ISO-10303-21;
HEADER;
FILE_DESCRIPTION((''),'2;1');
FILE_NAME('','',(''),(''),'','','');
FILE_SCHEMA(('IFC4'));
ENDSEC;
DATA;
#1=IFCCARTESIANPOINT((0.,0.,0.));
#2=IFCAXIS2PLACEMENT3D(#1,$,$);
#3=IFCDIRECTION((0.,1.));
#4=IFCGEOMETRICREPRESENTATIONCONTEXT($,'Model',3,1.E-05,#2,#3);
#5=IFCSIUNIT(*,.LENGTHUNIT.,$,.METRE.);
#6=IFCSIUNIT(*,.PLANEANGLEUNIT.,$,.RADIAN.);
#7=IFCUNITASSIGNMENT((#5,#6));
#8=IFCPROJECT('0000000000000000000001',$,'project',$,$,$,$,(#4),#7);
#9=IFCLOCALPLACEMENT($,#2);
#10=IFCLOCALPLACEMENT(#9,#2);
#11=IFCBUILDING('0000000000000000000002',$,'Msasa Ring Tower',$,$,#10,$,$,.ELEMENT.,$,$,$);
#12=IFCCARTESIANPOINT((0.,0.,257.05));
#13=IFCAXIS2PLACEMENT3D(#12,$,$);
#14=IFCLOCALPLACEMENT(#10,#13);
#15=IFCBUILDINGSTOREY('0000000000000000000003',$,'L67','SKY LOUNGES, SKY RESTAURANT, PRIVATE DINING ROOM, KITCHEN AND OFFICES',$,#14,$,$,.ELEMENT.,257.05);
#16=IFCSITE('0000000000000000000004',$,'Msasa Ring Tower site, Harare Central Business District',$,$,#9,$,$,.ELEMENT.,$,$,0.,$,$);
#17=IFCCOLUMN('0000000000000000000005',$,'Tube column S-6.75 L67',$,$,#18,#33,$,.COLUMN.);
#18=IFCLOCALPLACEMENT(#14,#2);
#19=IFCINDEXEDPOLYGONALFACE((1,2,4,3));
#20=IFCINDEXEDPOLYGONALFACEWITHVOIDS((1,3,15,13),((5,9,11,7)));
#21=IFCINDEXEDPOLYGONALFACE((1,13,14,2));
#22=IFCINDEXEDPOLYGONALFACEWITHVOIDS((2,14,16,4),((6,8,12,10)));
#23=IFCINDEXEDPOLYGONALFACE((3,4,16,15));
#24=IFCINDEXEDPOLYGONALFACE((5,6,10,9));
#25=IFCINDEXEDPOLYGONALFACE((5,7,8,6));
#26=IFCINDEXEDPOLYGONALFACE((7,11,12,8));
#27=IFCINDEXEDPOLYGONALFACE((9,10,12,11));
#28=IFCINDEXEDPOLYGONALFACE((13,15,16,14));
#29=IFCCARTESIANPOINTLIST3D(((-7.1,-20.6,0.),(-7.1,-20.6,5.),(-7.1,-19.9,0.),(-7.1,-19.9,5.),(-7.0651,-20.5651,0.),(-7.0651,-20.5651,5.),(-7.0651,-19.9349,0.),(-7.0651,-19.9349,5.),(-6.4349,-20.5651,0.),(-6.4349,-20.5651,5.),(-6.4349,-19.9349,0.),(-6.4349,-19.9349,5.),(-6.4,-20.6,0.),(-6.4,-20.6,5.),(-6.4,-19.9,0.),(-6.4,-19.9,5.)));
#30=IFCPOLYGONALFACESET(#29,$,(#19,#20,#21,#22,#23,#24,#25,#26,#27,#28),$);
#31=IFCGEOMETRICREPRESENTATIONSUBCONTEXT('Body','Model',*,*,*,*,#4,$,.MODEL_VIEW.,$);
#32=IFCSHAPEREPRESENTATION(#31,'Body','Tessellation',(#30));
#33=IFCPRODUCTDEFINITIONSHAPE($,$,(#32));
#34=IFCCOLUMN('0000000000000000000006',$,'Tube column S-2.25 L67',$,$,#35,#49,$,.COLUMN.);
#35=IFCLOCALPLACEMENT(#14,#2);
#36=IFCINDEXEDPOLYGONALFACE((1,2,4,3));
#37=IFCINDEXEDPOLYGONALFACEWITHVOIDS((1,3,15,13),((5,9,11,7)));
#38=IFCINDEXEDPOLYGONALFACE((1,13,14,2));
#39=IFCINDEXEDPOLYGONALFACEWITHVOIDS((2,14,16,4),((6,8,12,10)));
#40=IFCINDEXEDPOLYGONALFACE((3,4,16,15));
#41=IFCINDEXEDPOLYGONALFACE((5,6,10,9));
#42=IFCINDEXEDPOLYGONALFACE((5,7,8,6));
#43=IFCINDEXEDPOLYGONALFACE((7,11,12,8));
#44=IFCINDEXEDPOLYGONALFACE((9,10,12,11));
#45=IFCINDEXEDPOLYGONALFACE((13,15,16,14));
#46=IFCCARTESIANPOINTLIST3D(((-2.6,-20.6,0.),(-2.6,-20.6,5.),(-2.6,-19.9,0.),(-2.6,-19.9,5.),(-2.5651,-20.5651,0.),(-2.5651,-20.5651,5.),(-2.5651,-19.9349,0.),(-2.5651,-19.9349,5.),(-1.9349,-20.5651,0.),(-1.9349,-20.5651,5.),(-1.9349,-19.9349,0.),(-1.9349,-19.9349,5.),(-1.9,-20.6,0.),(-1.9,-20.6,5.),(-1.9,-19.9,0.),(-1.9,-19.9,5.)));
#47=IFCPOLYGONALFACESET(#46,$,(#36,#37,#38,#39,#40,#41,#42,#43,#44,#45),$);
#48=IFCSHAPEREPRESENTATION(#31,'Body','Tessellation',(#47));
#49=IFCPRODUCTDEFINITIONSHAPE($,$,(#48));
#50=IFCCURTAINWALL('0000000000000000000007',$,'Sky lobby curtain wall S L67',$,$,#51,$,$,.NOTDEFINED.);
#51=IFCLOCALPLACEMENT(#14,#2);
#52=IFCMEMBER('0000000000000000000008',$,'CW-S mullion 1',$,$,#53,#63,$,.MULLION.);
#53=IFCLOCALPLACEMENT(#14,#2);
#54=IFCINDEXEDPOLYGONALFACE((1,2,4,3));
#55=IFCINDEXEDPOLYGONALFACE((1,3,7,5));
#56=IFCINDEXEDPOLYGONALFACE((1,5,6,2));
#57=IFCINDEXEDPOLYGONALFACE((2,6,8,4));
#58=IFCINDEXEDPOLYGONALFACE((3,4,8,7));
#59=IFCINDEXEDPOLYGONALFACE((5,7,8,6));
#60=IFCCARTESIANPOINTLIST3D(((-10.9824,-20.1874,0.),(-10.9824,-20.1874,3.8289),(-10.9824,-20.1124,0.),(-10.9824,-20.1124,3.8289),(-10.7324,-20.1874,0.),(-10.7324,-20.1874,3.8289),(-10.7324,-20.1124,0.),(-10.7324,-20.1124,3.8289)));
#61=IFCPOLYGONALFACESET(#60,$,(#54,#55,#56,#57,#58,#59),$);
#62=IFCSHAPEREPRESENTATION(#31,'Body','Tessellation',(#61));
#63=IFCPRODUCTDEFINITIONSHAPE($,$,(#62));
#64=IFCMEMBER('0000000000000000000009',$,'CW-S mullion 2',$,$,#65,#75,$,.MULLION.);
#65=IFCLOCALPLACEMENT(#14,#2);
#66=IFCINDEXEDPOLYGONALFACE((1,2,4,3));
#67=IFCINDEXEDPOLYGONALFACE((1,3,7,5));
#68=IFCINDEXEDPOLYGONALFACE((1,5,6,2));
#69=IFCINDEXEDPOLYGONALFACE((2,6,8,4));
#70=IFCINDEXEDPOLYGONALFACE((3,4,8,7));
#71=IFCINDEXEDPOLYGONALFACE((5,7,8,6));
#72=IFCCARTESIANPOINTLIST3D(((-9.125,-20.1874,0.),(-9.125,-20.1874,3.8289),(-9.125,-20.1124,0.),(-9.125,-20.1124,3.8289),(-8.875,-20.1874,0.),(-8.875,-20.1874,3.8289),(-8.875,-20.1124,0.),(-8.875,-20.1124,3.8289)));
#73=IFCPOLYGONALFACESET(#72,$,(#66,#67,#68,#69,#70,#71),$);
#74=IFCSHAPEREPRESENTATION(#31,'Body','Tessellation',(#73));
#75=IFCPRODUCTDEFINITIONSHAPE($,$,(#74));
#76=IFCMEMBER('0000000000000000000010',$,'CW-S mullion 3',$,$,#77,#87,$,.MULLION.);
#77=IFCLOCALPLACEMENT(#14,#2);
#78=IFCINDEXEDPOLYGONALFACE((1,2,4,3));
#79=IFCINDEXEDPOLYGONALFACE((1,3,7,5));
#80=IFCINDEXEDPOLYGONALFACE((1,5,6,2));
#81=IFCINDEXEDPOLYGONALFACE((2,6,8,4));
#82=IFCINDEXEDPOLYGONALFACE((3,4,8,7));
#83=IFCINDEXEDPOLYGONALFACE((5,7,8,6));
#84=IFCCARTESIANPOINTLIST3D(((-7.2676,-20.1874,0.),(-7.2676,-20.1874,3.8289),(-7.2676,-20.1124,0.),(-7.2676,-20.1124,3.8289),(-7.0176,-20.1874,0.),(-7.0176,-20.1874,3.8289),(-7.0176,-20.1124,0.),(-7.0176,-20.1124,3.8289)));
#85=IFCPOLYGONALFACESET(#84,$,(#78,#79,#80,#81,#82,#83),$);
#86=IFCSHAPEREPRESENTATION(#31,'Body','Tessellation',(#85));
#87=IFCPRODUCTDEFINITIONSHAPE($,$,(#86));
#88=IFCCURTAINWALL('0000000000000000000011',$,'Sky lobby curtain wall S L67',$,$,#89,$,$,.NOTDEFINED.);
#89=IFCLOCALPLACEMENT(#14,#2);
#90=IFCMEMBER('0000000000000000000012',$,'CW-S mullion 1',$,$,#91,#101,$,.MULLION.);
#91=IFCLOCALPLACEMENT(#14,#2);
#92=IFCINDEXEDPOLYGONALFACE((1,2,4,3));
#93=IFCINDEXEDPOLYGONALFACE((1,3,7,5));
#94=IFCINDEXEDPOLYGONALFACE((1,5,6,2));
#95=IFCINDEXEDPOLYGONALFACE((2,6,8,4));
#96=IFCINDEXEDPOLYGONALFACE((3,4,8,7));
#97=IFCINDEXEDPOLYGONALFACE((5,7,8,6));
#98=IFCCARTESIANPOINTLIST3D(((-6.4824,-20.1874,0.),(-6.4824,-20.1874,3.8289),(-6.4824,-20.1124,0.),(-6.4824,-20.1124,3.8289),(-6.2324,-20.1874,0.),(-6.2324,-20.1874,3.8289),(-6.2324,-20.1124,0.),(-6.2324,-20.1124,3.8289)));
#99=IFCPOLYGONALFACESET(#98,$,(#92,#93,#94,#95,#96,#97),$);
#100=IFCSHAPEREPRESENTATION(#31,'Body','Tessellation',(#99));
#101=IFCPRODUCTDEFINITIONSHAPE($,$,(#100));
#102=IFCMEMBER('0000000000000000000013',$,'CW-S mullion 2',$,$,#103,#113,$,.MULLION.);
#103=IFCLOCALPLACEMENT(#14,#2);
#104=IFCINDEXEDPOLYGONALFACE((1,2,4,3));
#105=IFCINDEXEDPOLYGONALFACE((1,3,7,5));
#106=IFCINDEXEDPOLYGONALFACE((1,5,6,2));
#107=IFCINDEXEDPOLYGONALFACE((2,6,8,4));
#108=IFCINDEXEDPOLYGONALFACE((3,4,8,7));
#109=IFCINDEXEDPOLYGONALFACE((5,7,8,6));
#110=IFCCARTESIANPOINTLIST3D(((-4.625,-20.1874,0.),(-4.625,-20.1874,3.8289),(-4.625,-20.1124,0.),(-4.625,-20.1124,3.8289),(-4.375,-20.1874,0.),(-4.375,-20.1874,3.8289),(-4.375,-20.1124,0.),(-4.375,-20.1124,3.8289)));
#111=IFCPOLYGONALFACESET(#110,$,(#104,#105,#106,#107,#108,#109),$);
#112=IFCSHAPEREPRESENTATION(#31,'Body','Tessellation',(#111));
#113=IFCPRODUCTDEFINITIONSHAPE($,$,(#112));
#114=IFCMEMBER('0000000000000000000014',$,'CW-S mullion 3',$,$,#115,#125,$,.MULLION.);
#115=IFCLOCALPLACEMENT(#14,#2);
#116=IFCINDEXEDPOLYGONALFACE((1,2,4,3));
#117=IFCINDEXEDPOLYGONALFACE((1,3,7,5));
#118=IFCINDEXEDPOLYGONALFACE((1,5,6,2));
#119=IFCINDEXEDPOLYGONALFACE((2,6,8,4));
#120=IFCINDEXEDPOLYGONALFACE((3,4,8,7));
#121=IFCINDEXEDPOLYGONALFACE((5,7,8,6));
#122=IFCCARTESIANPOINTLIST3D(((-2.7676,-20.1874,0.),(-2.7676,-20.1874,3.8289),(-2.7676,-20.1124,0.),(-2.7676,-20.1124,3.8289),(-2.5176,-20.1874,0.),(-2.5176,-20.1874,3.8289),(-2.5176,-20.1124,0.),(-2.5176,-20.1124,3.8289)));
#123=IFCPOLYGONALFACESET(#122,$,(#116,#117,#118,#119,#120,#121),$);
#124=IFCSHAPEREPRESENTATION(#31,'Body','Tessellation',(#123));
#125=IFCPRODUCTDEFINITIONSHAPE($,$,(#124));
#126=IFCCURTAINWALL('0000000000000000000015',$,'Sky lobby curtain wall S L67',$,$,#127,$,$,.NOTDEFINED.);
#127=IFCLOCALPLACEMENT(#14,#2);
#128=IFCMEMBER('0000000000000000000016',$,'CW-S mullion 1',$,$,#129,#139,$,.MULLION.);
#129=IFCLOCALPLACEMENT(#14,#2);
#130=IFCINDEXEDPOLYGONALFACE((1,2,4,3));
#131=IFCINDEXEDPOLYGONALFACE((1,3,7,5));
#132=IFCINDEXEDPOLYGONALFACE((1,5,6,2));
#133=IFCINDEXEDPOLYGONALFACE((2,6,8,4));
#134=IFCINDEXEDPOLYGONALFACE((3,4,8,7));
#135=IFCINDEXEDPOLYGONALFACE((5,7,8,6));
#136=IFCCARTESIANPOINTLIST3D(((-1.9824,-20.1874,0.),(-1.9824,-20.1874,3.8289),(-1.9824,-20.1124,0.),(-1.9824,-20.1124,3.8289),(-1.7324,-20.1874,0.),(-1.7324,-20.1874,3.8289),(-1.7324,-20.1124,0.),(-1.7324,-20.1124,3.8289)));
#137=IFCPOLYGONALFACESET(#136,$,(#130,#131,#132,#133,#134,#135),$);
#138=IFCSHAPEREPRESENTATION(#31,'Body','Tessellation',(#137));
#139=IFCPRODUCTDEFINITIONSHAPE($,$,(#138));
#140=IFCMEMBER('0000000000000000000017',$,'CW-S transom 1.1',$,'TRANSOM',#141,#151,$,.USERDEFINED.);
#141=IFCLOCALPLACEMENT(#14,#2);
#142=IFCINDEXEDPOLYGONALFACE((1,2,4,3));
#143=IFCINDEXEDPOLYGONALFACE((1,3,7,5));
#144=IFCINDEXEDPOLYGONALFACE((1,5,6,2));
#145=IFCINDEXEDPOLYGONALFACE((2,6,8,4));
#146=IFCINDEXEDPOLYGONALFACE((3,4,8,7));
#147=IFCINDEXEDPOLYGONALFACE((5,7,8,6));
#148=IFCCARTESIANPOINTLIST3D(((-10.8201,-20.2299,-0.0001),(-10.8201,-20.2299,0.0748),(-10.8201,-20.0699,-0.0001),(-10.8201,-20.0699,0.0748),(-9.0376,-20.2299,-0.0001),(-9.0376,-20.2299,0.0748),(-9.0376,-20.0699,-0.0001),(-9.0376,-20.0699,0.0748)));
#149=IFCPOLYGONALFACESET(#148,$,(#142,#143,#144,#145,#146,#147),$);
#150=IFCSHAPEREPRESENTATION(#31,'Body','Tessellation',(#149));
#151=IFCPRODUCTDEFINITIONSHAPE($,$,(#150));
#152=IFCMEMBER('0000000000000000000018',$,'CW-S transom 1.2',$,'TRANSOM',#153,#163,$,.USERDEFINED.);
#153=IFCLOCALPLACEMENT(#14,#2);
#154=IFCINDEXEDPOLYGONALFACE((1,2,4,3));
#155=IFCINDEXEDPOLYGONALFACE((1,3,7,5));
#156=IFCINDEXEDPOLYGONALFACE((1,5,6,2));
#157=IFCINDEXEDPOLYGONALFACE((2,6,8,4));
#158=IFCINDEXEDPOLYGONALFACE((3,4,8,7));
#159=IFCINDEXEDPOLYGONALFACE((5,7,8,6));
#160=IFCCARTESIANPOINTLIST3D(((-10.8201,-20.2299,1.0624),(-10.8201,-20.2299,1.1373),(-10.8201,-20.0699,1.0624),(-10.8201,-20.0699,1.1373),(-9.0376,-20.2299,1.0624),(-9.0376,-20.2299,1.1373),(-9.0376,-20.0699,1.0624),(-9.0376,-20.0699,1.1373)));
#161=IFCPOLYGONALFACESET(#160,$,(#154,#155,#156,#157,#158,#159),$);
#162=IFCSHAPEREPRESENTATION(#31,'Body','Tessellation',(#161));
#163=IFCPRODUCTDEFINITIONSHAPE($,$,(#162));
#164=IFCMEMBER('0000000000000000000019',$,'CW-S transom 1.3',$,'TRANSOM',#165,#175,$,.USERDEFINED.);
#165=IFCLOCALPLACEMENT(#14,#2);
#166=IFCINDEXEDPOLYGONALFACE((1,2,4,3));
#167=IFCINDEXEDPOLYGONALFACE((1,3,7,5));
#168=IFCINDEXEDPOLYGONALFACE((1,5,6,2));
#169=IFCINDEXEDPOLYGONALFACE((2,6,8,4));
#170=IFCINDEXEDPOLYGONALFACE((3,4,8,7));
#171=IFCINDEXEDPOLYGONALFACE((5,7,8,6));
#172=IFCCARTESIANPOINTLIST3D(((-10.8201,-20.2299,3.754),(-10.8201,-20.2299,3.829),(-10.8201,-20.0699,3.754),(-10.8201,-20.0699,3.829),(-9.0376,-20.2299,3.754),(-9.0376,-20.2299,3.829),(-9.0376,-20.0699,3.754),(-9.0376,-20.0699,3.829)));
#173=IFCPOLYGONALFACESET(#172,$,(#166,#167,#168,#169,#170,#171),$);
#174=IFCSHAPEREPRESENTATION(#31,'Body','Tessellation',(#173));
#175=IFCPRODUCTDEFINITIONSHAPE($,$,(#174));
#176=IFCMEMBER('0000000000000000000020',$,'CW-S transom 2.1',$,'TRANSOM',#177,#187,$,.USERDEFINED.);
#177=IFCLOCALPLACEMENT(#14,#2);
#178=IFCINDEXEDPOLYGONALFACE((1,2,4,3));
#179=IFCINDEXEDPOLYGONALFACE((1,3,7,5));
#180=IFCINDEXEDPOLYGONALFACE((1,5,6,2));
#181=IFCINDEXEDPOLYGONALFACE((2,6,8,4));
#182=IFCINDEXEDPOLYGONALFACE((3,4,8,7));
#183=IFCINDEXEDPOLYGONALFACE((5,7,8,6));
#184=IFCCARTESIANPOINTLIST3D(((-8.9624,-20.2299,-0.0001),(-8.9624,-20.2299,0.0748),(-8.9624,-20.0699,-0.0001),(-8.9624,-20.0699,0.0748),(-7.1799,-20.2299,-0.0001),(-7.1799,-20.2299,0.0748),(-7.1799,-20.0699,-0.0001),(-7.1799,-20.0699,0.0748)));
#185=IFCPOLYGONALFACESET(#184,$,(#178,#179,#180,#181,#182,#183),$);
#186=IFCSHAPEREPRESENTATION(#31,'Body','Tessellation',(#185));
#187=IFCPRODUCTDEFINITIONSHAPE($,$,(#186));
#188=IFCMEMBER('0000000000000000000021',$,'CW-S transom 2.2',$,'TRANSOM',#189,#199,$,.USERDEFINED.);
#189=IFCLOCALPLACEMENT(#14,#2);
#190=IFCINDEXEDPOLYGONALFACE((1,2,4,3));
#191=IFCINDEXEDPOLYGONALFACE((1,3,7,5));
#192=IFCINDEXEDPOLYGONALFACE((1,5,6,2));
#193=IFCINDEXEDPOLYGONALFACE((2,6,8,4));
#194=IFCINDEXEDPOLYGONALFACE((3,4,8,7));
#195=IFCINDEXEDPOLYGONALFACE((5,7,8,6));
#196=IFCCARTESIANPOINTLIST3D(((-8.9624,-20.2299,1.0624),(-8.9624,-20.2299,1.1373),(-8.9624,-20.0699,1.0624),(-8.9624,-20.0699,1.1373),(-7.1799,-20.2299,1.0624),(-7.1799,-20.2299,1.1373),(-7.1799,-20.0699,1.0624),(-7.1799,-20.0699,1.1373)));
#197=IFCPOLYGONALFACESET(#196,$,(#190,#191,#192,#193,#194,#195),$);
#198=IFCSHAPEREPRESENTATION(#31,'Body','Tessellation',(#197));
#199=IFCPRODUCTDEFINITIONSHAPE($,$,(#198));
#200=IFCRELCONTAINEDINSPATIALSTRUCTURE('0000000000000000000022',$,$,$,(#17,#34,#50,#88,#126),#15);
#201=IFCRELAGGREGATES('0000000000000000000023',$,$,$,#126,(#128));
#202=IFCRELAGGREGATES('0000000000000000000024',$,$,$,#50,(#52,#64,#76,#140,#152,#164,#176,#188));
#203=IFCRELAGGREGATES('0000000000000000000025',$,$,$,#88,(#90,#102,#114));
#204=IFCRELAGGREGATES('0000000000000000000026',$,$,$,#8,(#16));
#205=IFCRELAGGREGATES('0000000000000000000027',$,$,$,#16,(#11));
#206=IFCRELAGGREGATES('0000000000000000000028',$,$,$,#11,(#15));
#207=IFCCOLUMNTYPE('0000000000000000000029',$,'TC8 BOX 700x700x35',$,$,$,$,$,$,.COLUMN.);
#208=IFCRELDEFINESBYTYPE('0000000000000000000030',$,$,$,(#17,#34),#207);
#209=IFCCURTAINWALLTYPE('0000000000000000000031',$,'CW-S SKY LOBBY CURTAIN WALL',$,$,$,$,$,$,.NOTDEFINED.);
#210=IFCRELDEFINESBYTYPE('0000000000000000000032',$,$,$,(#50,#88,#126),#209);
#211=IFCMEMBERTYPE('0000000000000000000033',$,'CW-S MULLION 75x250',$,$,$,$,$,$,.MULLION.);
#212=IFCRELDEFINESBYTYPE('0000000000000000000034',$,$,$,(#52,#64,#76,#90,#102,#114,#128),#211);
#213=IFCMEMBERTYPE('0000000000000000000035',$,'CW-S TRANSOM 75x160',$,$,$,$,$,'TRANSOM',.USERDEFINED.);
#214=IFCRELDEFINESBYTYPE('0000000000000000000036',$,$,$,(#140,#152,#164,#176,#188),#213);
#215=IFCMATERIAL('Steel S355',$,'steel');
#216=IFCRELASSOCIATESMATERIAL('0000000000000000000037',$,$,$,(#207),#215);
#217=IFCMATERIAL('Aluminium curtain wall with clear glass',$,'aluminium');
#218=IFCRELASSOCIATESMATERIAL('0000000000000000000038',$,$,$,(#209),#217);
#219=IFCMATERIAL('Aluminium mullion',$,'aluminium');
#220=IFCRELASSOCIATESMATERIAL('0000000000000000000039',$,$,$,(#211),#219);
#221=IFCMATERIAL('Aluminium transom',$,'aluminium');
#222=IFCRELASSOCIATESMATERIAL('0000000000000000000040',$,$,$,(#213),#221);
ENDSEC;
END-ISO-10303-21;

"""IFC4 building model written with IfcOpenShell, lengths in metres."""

from ifc_helpers import new_model, si_unit, direction, frame, origin, origin_2d, place, context, subcontext, project, spatial, rectangle, hollow_rectangle, extrude, material, material_profile, profile_set, type_object, element, aggregate, save


model = new_model("IFC4")

# Units and contexts
model_context = context("Model", 3, precision=1e-05, world=origin(), true_north=direction((0.0, 1.0)))
body_context = subcontext(model_context, "Body", "Model", "MODEL_VIEW")
ifc_project = project(units=[si_unit("LENGTHUNIT", "METRE"), si_unit("PLANEANGLEUNIT", "RADIAN")], contexts=[model_context])

# Site, building, storey
site_placement = place(None, origin())
site = spatial("IfcSite", under=ifc_project, at=site_placement, Name="Msasa Ring Tower site, Harare Central Business District", CompositionType="ELEMENT", RefElevation=0.0)
building_placement = place(site_placement, origin())
building = spatial("IfcBuilding", under=site, at=building_placement, Name="Msasa Ring Tower", CompositionType="ELEMENT")
storey_placement = place(building_placement, frame((0.0, 0.0, 257.05)))
storey = spatial("IfcBuildingStorey", under=building, at=storey_placement, Name="L67", Description="SKY LOUNGES, SKY RESTAURANT, PRIVATE DINING ROOM, KITCHEN AND OFFICES", CompositionType="ELEMENT", Elevation=257.05)

# Columns
ifc_material_1 = material(Name="Steel S355", Category="steel")
ifc_material_profile_1 = material_profile(ifc_material_1, hollow_rectangle(XDim=0.7, YDim=0.7, WallThickness=0.0349, at=origin_2d()), Name="BOX 700x700x35")
ifc_profile_set_1 = profile_set([ifc_material_profile_1], Name="Steel S355")
column_type = type_object("IfcColumnType", Name="TC8 BOX 700x700x35", PredefinedType="COLUMN", material=ifc_profile_set_1)
for number, where, z_axis, x_axis, name in (
    (1, (-6.75, -20.25, 0.0), (0.0, 0.0, 1.0), (0.0, 1.0, 0.0), "Tube column S-6.75 L67"),
    (2, (-2.25, -20.25, 0.0), (0.0, 0.0, 1.0), (0.0, 1.0, 0.0), "Tube column S-2.25 L67"),
):
    element("IfcColumn", number, at=place(storey_placement, frame(where, z_axis=z_axis, x_axis=x_axis)), inside=storey, type_object=column_type, Name=name, PredefinedType="COLUMN", context=body_context, shape_type="SweptSolid", body=[
        extrude(hollow_rectangle(XDim=0.7, YDim=0.7, WallThickness=0.0349, at=origin_2d()), origin(), (0.0, 0.0, 1.0), 5.0),
    ])

# Curtain walls, members
ifc_material_2 = material(Name="Aluminium curtain wall with clear glass", Category="aluminium")
curtain_wall_type = type_object("IfcCurtainWallType", Name="CW-S SKY LOBBY CURTAIN WALL", PredefinedType="NOTDEFINED", material=ifc_material_2)
curtain_wall_1_placement = place(storey_placement, origin())
curtain_wall_1 = element("IfcCurtainWall", 3, at=curtain_wall_1_placement, inside=storey, type_object=curtain_wall_type, Name="Sky lobby curtain wall S L67", PredefinedType="NOTDEFINED")
ifc_material_3 = material(Name="Aluminium mullion", Category="aluminium")
ifc_material_profile_2 = material_profile(ifc_material_3, rectangle(XDim=0.075, YDim=0.25, at=origin_2d()), Name="AL 75x250")
ifc_profile_set_2 = profile_set([ifc_material_profile_2], Name="Aluminium mullion")
member_type_1 = type_object("IfcMemberType", Name="CW-S MULLION 75x250", PredefinedType="MULLION", material=ifc_profile_set_2)
member_1_placement = place(storey_placement, frame((-10.8574, -20.1499, 0.0), z_axis=(0.0, 0.0, 1.0), x_axis=(0.0, 1.0, 0.0)))
member_1 = element("IfcMember", 4, at=member_1_placement, type_object=member_type_1, Name="CW-S mullion 1", PredefinedType="MULLION", context=body_context, shape_type="SweptSolid", body=[
    extrude(rectangle(XDim=0.075, YDim=0.25, at=origin_2d()), origin(), (0.0, 0.0, 1.0), 3.8289),
])
member_2_placement = place(storey_placement, frame((-9.0, -20.1499, 0.0), z_axis=(0.0, 0.0, 1.0), x_axis=(0.0, 1.0, 0.0)))
member_2 = element("IfcMember", 5, at=member_2_placement, type_object=member_type_1, Name="CW-S mullion 2", PredefinedType="MULLION", context=body_context, shape_type="SweptSolid", body=[
    extrude(rectangle(XDim=0.075, YDim=0.25, at=origin_2d()), origin(), (0.0, 0.0, 1.0), 3.8289),
])
member_3_placement = place(storey_placement, frame((-7.1426, -20.1499, 0.0), z_axis=(0.0, 0.0, 1.0), x_axis=(0.0, 1.0, 0.0)))
member_3 = element("IfcMember", 6, at=member_3_placement, type_object=member_type_1, Name="CW-S mullion 3", PredefinedType="MULLION", context=body_context, shape_type="SweptSolid", body=[
    extrude(rectangle(XDim=0.075, YDim=0.25, at=origin_2d()), origin(), (0.0, 0.0, 1.0), 3.8289),
])
curtain_wall_2_placement = place(storey_placement, origin())
curtain_wall_2 = element("IfcCurtainWall", 7, at=curtain_wall_2_placement, inside=storey, type_object=curtain_wall_type, Name="Sky lobby curtain wall S L67", PredefinedType="NOTDEFINED")
member_4_placement = place(storey_placement, frame((-6.3574, -20.1499, 0.0), z_axis=(0.0, 0.0, 1.0), x_axis=(0.0, 1.0, 0.0)))
member_4 = element("IfcMember", 8, at=member_4_placement, type_object=member_type_1, Name="CW-S mullion 1", PredefinedType="MULLION", context=body_context, shape_type="SweptSolid", body=[
    extrude(rectangle(XDim=0.075, YDim=0.25, at=origin_2d()), origin(), (0.0, 0.0, 1.0), 3.8289),
])
member_5_placement = place(storey_placement, frame((-4.5, -20.1499, 0.0), z_axis=(0.0, 0.0, 1.0), x_axis=(0.0, 1.0, 0.0)))
member_5 = element("IfcMember", 9, at=member_5_placement, type_object=member_type_1, Name="CW-S mullion 2", PredefinedType="MULLION", context=body_context, shape_type="SweptSolid", body=[
    extrude(rectangle(XDim=0.075, YDim=0.25, at=origin_2d()), origin(), (0.0, 0.0, 1.0), 3.8289),
])
member_6_placement = place(storey_placement, frame((-2.6426, -20.1499, 0.0), z_axis=(0.0, 0.0, 1.0), x_axis=(0.0, 1.0, 0.0)))
member_6 = element("IfcMember", 10, at=member_6_placement, type_object=member_type_1, Name="CW-S mullion 3", PredefinedType="MULLION", context=body_context, shape_type="SweptSolid", body=[
    extrude(rectangle(XDim=0.075, YDim=0.25, at=origin_2d()), origin(), (0.0, 0.0, 1.0), 3.8289),
])

# Curtain wall, member
curtain_wall_3_placement = place(storey_placement, origin())
curtain_wall_3 = element("IfcCurtainWall", 11, at=curtain_wall_3_placement, inside=storey, type_object=curtain_wall_type, Name="Sky lobby curtain wall S L67", PredefinedType="NOTDEFINED")
member_7_placement = place(storey_placement, frame((-1.8574, -20.1499, 0.0), z_axis=(0.0, 0.0, 1.0), x_axis=(0.0, 1.0, 0.0)))
member_7 = element("IfcMember", 12, at=member_7_placement, type_object=member_type_1, Name="CW-S mullion 1", PredefinedType="MULLION", context=body_context, shape_type="SweptSolid", body=[
    extrude(rectangle(XDim=0.075, YDim=0.25, at=origin_2d()), origin(), (0.0, 0.0, 1.0), 3.8289),
])

# Members
ifc_material_4 = material(Name="Aluminium transom", Category="aluminium")
ifc_material_profile_3 = material_profile(ifc_material_4, rectangle(XDim=0.1599, YDim=0.075, at=origin_2d()), Name="AL 75x160")
ifc_profile_set_3 = profile_set([ifc_material_profile_3], Name="Aluminium transom")
member_type_2 = type_object("IfcMemberType", Name="CW-S TRANSOM 75x160", ElementType="TRANSOM", PredefinedType="USERDEFINED", material=ifc_profile_set_3)
member_8_placement = place(storey_placement, frame((-10.8201, -20.1499, 0.0374), z_axis=(1.0, 0.0, 0.0), x_axis=(0.0, 1.0, 0.0)))
member_8 = element("IfcMember", 13, at=member_8_placement, type_object=member_type_2, Name="CW-S transom 1.1", ObjectType="TRANSOM", PredefinedType="USERDEFINED", context=body_context, shape_type="SweptSolid", body=[
    extrude(rectangle(XDim=0.1599, YDim=0.075, at=origin_2d()), origin(), (0.0, 0.0, 1.0), 1.7825),
])
member_9_placement = place(storey_placement, frame((-10.8201, -20.1499, 1.0999), z_axis=(1.0, 0.0, 0.0), x_axis=(0.0, 1.0, 0.0)))
member_9 = element("IfcMember", 14, at=member_9_placement, type_object=member_type_2, Name="CW-S transom 1.2", ObjectType="TRANSOM", PredefinedType="USERDEFINED", context=body_context, shape_type="SweptSolid", body=[
    extrude(rectangle(XDim=0.1599, YDim=0.075, at=origin_2d()), origin(), (0.0, 0.0, 1.0), 1.7825),
])
member_10_placement = place(storey_placement, frame((-10.8201, -20.1499, 3.7915), z_axis=(1.0, 0.0, 0.0), x_axis=(0.0, 1.0, 0.0)))
member_10 = element("IfcMember", 15, at=member_10_placement, type_object=member_type_2, Name="CW-S transom 1.3", ObjectType="TRANSOM", PredefinedType="USERDEFINED", context=body_context, shape_type="SweptSolid", body=[
    extrude(rectangle(XDim=0.1599, YDim=0.075, at=origin_2d()), origin(), (0.0, 0.0, 1.0), 1.7825),
])
member_11_placement = place(storey_placement, frame((-8.9624, -20.1499, 0.0374), z_axis=(1.0, 0.0, 0.0), x_axis=(0.0, 1.0, 0.0)))
member_11 = element("IfcMember", 16, at=member_11_placement, type_object=member_type_2, Name="CW-S transom 2.1", ObjectType="TRANSOM", PredefinedType="USERDEFINED", context=body_context, shape_type="SweptSolid", body=[
    extrude(rectangle(XDim=0.1599, YDim=0.075, at=origin_2d()), origin(), (0.0, 0.0, 1.0), 1.7825),
])
member_12_placement = place(storey_placement, frame((-8.9624, -20.1499, 1.0999), z_axis=(1.0, 0.0, 0.0), x_axis=(0.0, 1.0, 0.0)))
member_12 = element("IfcMember", 17, at=member_12_placement, type_object=member_type_2, Name="CW-S transom 2.2", ObjectType="TRANSOM", PredefinedType="USERDEFINED", context=body_context, shape_type="SweptSolid", body=[
    extrude(rectangle(XDim=0.1599, YDim=0.075, at=origin_2d()), origin(), (0.0, 0.0, 1.0), 1.7825),
])
aggregate(curtain_wall_3, [member_7])

aggregate(curtain_wall_1, [member_1, member_2, member_3, member_8, member_9, member_10, member_11, member_12])
aggregate(curtain_wall_2, [member_4, member_5, member_6])

save(model, "model.ifc")
